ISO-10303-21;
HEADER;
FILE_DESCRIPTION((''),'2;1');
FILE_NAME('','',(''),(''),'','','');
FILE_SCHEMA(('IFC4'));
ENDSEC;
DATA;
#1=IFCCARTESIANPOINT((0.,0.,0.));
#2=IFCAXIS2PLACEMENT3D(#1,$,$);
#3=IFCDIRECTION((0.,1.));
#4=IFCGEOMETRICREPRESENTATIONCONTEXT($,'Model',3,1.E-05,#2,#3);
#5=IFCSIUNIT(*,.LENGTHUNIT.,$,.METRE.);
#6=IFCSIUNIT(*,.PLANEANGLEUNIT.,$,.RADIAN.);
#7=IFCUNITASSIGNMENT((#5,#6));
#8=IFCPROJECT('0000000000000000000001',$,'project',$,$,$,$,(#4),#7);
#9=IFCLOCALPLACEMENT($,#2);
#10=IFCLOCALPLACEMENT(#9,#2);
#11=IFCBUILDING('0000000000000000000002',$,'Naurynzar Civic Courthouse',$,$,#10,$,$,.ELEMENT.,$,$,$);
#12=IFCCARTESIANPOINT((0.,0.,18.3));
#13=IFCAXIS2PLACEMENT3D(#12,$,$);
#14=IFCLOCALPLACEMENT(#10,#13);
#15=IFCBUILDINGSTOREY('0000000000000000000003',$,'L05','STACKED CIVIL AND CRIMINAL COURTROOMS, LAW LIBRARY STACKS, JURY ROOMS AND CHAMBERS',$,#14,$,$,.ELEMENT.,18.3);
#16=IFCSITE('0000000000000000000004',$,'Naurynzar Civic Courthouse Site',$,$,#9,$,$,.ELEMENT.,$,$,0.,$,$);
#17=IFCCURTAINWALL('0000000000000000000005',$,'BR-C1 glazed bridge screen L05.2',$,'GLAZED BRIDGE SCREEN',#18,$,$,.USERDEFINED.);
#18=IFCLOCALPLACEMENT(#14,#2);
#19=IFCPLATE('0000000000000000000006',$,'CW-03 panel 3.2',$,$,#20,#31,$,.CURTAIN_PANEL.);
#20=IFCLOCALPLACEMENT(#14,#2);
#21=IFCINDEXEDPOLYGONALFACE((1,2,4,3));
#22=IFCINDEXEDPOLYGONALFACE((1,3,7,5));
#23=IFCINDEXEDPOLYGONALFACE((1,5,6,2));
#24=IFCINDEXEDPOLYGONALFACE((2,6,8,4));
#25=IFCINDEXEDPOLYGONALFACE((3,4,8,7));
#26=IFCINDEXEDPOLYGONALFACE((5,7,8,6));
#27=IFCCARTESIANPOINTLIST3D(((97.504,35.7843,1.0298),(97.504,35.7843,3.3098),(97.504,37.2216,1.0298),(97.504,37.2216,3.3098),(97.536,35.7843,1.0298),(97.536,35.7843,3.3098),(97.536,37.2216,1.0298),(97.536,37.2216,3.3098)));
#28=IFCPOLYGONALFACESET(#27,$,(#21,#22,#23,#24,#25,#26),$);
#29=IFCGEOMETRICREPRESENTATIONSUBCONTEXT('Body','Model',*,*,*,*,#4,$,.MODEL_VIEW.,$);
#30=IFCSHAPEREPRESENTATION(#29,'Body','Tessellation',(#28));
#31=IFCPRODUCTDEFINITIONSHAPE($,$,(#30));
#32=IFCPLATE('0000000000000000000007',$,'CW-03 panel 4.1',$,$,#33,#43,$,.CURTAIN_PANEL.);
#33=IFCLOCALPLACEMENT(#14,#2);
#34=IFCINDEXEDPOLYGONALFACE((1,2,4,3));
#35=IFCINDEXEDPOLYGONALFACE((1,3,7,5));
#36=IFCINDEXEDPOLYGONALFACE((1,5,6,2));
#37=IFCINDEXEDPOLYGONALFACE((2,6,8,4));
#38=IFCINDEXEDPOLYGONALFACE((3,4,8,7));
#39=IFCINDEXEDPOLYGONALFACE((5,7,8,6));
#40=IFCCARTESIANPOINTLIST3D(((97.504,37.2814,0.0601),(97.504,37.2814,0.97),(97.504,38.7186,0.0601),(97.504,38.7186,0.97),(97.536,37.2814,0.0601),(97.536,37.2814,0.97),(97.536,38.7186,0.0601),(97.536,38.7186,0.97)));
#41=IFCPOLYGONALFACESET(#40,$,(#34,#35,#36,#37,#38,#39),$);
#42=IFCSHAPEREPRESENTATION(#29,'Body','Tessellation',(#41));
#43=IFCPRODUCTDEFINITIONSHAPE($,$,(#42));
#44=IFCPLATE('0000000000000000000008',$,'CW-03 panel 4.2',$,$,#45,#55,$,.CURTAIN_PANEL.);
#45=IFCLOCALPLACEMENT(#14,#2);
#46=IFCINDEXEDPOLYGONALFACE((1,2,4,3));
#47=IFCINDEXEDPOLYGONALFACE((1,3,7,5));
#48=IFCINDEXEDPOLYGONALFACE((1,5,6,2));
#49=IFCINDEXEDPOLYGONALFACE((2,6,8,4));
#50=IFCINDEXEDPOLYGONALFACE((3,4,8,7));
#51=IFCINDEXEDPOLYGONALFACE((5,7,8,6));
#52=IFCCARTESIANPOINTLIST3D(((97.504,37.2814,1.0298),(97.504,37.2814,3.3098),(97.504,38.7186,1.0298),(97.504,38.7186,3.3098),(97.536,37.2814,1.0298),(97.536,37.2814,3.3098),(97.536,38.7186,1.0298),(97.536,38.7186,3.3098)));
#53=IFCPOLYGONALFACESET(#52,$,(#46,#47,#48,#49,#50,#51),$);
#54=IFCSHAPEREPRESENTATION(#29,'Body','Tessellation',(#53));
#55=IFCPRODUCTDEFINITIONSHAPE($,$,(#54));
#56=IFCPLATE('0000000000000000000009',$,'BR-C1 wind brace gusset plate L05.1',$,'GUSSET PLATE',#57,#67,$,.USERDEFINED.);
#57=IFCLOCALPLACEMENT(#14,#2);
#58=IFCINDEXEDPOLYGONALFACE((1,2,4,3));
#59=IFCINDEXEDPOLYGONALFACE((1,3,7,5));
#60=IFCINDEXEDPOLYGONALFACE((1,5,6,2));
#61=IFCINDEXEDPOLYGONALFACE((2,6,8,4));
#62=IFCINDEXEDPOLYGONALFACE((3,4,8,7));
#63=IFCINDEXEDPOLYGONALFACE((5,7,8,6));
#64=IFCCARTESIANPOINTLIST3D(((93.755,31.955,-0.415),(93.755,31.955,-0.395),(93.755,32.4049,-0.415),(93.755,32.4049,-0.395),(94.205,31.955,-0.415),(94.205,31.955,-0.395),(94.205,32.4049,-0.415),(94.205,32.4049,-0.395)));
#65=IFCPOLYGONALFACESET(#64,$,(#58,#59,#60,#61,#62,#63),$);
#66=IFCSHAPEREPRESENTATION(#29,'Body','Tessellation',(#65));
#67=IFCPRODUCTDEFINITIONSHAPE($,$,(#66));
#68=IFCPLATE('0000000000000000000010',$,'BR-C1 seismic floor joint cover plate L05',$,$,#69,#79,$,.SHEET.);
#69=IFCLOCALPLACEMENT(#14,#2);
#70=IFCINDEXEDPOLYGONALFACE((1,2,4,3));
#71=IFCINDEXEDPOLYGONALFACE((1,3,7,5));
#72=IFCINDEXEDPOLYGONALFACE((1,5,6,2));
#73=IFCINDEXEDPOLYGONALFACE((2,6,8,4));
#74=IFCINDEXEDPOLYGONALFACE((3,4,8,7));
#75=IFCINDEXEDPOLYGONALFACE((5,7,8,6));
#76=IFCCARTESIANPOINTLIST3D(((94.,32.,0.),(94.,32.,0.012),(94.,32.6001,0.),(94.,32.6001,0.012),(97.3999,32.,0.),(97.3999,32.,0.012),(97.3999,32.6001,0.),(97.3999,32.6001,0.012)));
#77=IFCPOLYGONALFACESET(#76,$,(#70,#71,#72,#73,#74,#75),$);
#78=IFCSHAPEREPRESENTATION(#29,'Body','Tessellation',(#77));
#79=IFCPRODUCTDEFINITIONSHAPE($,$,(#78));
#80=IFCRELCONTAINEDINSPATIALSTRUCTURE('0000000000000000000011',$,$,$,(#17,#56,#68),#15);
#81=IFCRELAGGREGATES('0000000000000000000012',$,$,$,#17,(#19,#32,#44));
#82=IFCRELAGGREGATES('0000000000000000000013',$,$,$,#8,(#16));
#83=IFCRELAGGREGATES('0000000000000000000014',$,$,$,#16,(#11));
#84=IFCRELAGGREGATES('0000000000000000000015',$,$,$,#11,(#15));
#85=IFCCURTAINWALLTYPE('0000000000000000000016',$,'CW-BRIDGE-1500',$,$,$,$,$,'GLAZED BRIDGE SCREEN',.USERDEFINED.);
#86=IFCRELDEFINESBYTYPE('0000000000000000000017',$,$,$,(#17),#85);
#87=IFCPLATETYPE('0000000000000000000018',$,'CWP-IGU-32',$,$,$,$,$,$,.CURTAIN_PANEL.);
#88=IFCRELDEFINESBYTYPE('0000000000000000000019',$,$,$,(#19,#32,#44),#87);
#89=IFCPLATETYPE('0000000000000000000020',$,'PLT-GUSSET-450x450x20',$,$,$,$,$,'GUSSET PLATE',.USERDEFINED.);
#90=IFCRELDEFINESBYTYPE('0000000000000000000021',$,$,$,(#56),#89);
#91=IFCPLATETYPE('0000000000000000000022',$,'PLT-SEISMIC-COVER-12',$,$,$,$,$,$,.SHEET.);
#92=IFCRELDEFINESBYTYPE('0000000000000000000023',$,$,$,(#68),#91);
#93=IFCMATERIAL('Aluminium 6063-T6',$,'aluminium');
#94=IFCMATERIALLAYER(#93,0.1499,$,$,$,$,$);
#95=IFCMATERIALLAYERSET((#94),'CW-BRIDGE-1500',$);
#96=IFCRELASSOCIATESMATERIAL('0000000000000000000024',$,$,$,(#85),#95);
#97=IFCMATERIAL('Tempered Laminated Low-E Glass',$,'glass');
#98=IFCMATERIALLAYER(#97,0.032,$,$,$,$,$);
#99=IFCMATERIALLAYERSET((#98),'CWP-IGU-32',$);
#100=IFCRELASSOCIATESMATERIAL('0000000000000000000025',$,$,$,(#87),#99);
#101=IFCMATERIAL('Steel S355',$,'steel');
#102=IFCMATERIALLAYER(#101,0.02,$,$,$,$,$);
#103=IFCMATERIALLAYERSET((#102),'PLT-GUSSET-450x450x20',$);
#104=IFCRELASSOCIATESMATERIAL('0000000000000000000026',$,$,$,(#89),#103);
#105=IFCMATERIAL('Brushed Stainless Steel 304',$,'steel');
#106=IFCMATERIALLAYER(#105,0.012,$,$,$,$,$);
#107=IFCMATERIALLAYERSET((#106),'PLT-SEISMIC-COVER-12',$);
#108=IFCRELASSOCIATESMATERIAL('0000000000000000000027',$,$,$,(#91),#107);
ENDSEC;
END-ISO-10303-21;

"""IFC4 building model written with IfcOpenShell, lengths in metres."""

from ifc_helpers import new_model, si_unit, direction, frame, origin, origin_2d, place, context, subcontext, project, spatial, rectangle, extrude, material, layer, layer_set, type_object, element, aggregate, save


model = new_model("IFC4")

# Units and contexts
model_context = context("Model", 3, precision=1e-05, world=origin(), true_north=direction((0.0, 1.0)))
body_context = subcontext(model_context, "Body", "Model", "MODEL_VIEW")
ifc_project = project(units=[si_unit("LENGTHUNIT", "METRE"), si_unit("PLANEANGLEUNIT", "RADIAN")], contexts=[model_context])

# Site, building, storey
site_placement = place(None, origin())
site = spatial("IfcSite", under=ifc_project, at=site_placement, Name="Naurynzar Civic Courthouse Site", CompositionType="ELEMENT", RefElevation=0.0)
building_placement = place(site_placement, origin())
building = spatial("IfcBuilding", under=site, at=building_placement, Name="Naurynzar Civic Courthouse", CompositionType="ELEMENT")
storey_placement = place(building_placement, frame((0.0, 0.0, 18.3)))
storey = spatial("IfcBuildingStorey", under=building, at=storey_placement, Name="L05", Description="STACKED CIVIL AND CRIMINAL COURTROOMS, LAW LIBRARY STACKS, JURY ROOMS AND CHAMBERS", CompositionType="ELEMENT", Elevation=18.3)

# Shared definitions
ifc_material_1 = material(Name="Aluminium 6063-T6", Category="aluminium")
ifc_layer_1 = layer(ifc_material_1, 0.1499)
ifc_layer_set_1 = layer_set([ifc_layer_1], Name="CW-BRIDGE-1500")
curtain_wall_type = type_object("IfcCurtainWallType", Name="CW-BRIDGE-1500", ElementType="GLAZED BRIDGE SCREEN", PredefinedType="USERDEFINED", material=ifc_layer_set_1)

# Curtain wall
curtain_wall_1_placement = place(storey_placement, origin())
curtain_wall_1 = element("IfcCurtainWall", 1, at=curtain_wall_1_placement, inside=storey, type_object=curtain_wall_type, Name="BR-C1 glazed bridge screen L05.2", ObjectType="GLAZED BRIDGE SCREEN", PredefinedType="USERDEFINED")

# Plates
ifc_material_2 = material(Name="Tempered Laminated Low-E Glass", Category="glass")
ifc_layer_2 = layer(ifc_material_2, 0.032)
ifc_layer_set_2 = layer_set([ifc_layer_2], Name="CWP-IGU-32")
plate_type_1 = type_object("IfcPlateType", Name="CWP-IGU-32", PredefinedType="CURTAIN_PANEL", material=ifc_layer_set_2)
plate_1_placement = place(storey_placement, frame((97.52, 36.5029, 1.0298), z_axis=(0.0, 0.0, 1.0), x_axis=(0.0, 1.0, 0.0)))
plate_1 = element("IfcPlate", 2, at=plate_1_placement, type_object=plate_type_1, Name="CW-03 panel 3.2", PredefinedType="CURTAIN_PANEL", context=body_context, shape_type="SweptSolid", body=[
    extrude(rectangle(XDim=1.4373, YDim=0.032, at=origin_2d()), origin(), (0.0, 0.0, 1.0), 2.28),
])
plate_2_placement = place(storey_placement, frame((97.52, 38.0, 0.0601), z_axis=(0.0, 0.0, 1.0), x_axis=(0.0, 1.0, 0.0)))
plate_2 = element("IfcPlate", 3, at=plate_2_placement, type_object=plate_type_1, Name="CW-03 panel 4.1", PredefinedType="CURTAIN_PANEL", context=body_context, shape_type="SweptSolid", body=[
    extrude(rectangle(XDim=1.4373, YDim=0.032, at=origin_2d()), origin(), (0.0, 0.0, 1.0), 0.9099),
])
plate_3_placement = place(storey_placement, frame((97.52, 38.0, 1.0298), z_axis=(0.0, 0.0, 1.0), x_axis=(0.0, 1.0, 0.0)))
plate_3 = element("IfcPlate", 4, at=plate_3_placement, type_object=plate_type_1, Name="CW-03 panel 4.2", PredefinedType="CURTAIN_PANEL", context=body_context, shape_type="SweptSolid", body=[
    extrude(rectangle(XDim=1.4373, YDim=0.032, at=origin_2d()), origin(), (0.0, 0.0, 1.0), 2.28),
])
aggregate(curtain_wall_1, [plate_1, plate_2, plate_3])

# Plates
ifc_material_3 = material(Name="Steel S355", Category="steel")
ifc_layer_3 = layer(ifc_material_3, 0.02)
ifc_layer_set_3 = layer_set([ifc_layer_3], Name="PLT-GUSSET-450x450x20")
plate_type_2 = type_object("IfcPlateType", Name="PLT-GUSSET-450x450x20", ElementType="GUSSET PLATE", PredefinedType="USERDEFINED", material=ifc_layer_set_3)
plate_4_placement = place(storey_placement, frame((93.98, 32.1799, -0.415), z_axis=(0.0, 0.0, 1.0), x_axis=(1.0, 0.0, 0.0)))
element("IfcPlate", 5, at=plate_4_placement, inside=storey, type_object=plate_type_2, Name="BR-C1 wind brace gusset plate L05.1", ObjectType="GUSSET PLATE", PredefinedType="USERDEFINED", context=body_context, shape_type="SweptSolid", body=[
    extrude(rectangle(XDim=0.45, YDim=0.45, at=origin_2d()), origin(), (0.0, 0.0, 1.0), 0.02),
])
ifc_material_4 = material(Name="Brushed Stainless Steel 304", Category="steel")
ifc_layer_4 = layer(ifc_material_4, 0.012)
ifc_layer_set_4 = layer_set([ifc_layer_4], Name="PLT-SEISMIC-COVER-12")
plate_type_3 = type_object("IfcPlateType", Name="PLT-SEISMIC-COVER-12", PredefinedType="SHEET", material=ifc_layer_set_4)
plate_5_placement = place(storey_placement, frame((95.7, 32.3, 0.0), z_axis=(0.0, 0.0, 1.0), x_axis=(1.0, 0.0, 0.0)))
element("IfcPlate", 6, at=plate_5_placement, inside=storey, type_object=plate_type_3, Name="BR-C1 seismic floor joint cover plate L05", PredefinedType="SHEET", context=body_context, shape_type="SweptSolid", body=[
    extrude(rectangle(XDim=3.3999, YDim=0.6001, at=origin_2d()), origin(), (0.0, 0.0, 1.0), 0.012),
])

save(model, "model.ifc")
